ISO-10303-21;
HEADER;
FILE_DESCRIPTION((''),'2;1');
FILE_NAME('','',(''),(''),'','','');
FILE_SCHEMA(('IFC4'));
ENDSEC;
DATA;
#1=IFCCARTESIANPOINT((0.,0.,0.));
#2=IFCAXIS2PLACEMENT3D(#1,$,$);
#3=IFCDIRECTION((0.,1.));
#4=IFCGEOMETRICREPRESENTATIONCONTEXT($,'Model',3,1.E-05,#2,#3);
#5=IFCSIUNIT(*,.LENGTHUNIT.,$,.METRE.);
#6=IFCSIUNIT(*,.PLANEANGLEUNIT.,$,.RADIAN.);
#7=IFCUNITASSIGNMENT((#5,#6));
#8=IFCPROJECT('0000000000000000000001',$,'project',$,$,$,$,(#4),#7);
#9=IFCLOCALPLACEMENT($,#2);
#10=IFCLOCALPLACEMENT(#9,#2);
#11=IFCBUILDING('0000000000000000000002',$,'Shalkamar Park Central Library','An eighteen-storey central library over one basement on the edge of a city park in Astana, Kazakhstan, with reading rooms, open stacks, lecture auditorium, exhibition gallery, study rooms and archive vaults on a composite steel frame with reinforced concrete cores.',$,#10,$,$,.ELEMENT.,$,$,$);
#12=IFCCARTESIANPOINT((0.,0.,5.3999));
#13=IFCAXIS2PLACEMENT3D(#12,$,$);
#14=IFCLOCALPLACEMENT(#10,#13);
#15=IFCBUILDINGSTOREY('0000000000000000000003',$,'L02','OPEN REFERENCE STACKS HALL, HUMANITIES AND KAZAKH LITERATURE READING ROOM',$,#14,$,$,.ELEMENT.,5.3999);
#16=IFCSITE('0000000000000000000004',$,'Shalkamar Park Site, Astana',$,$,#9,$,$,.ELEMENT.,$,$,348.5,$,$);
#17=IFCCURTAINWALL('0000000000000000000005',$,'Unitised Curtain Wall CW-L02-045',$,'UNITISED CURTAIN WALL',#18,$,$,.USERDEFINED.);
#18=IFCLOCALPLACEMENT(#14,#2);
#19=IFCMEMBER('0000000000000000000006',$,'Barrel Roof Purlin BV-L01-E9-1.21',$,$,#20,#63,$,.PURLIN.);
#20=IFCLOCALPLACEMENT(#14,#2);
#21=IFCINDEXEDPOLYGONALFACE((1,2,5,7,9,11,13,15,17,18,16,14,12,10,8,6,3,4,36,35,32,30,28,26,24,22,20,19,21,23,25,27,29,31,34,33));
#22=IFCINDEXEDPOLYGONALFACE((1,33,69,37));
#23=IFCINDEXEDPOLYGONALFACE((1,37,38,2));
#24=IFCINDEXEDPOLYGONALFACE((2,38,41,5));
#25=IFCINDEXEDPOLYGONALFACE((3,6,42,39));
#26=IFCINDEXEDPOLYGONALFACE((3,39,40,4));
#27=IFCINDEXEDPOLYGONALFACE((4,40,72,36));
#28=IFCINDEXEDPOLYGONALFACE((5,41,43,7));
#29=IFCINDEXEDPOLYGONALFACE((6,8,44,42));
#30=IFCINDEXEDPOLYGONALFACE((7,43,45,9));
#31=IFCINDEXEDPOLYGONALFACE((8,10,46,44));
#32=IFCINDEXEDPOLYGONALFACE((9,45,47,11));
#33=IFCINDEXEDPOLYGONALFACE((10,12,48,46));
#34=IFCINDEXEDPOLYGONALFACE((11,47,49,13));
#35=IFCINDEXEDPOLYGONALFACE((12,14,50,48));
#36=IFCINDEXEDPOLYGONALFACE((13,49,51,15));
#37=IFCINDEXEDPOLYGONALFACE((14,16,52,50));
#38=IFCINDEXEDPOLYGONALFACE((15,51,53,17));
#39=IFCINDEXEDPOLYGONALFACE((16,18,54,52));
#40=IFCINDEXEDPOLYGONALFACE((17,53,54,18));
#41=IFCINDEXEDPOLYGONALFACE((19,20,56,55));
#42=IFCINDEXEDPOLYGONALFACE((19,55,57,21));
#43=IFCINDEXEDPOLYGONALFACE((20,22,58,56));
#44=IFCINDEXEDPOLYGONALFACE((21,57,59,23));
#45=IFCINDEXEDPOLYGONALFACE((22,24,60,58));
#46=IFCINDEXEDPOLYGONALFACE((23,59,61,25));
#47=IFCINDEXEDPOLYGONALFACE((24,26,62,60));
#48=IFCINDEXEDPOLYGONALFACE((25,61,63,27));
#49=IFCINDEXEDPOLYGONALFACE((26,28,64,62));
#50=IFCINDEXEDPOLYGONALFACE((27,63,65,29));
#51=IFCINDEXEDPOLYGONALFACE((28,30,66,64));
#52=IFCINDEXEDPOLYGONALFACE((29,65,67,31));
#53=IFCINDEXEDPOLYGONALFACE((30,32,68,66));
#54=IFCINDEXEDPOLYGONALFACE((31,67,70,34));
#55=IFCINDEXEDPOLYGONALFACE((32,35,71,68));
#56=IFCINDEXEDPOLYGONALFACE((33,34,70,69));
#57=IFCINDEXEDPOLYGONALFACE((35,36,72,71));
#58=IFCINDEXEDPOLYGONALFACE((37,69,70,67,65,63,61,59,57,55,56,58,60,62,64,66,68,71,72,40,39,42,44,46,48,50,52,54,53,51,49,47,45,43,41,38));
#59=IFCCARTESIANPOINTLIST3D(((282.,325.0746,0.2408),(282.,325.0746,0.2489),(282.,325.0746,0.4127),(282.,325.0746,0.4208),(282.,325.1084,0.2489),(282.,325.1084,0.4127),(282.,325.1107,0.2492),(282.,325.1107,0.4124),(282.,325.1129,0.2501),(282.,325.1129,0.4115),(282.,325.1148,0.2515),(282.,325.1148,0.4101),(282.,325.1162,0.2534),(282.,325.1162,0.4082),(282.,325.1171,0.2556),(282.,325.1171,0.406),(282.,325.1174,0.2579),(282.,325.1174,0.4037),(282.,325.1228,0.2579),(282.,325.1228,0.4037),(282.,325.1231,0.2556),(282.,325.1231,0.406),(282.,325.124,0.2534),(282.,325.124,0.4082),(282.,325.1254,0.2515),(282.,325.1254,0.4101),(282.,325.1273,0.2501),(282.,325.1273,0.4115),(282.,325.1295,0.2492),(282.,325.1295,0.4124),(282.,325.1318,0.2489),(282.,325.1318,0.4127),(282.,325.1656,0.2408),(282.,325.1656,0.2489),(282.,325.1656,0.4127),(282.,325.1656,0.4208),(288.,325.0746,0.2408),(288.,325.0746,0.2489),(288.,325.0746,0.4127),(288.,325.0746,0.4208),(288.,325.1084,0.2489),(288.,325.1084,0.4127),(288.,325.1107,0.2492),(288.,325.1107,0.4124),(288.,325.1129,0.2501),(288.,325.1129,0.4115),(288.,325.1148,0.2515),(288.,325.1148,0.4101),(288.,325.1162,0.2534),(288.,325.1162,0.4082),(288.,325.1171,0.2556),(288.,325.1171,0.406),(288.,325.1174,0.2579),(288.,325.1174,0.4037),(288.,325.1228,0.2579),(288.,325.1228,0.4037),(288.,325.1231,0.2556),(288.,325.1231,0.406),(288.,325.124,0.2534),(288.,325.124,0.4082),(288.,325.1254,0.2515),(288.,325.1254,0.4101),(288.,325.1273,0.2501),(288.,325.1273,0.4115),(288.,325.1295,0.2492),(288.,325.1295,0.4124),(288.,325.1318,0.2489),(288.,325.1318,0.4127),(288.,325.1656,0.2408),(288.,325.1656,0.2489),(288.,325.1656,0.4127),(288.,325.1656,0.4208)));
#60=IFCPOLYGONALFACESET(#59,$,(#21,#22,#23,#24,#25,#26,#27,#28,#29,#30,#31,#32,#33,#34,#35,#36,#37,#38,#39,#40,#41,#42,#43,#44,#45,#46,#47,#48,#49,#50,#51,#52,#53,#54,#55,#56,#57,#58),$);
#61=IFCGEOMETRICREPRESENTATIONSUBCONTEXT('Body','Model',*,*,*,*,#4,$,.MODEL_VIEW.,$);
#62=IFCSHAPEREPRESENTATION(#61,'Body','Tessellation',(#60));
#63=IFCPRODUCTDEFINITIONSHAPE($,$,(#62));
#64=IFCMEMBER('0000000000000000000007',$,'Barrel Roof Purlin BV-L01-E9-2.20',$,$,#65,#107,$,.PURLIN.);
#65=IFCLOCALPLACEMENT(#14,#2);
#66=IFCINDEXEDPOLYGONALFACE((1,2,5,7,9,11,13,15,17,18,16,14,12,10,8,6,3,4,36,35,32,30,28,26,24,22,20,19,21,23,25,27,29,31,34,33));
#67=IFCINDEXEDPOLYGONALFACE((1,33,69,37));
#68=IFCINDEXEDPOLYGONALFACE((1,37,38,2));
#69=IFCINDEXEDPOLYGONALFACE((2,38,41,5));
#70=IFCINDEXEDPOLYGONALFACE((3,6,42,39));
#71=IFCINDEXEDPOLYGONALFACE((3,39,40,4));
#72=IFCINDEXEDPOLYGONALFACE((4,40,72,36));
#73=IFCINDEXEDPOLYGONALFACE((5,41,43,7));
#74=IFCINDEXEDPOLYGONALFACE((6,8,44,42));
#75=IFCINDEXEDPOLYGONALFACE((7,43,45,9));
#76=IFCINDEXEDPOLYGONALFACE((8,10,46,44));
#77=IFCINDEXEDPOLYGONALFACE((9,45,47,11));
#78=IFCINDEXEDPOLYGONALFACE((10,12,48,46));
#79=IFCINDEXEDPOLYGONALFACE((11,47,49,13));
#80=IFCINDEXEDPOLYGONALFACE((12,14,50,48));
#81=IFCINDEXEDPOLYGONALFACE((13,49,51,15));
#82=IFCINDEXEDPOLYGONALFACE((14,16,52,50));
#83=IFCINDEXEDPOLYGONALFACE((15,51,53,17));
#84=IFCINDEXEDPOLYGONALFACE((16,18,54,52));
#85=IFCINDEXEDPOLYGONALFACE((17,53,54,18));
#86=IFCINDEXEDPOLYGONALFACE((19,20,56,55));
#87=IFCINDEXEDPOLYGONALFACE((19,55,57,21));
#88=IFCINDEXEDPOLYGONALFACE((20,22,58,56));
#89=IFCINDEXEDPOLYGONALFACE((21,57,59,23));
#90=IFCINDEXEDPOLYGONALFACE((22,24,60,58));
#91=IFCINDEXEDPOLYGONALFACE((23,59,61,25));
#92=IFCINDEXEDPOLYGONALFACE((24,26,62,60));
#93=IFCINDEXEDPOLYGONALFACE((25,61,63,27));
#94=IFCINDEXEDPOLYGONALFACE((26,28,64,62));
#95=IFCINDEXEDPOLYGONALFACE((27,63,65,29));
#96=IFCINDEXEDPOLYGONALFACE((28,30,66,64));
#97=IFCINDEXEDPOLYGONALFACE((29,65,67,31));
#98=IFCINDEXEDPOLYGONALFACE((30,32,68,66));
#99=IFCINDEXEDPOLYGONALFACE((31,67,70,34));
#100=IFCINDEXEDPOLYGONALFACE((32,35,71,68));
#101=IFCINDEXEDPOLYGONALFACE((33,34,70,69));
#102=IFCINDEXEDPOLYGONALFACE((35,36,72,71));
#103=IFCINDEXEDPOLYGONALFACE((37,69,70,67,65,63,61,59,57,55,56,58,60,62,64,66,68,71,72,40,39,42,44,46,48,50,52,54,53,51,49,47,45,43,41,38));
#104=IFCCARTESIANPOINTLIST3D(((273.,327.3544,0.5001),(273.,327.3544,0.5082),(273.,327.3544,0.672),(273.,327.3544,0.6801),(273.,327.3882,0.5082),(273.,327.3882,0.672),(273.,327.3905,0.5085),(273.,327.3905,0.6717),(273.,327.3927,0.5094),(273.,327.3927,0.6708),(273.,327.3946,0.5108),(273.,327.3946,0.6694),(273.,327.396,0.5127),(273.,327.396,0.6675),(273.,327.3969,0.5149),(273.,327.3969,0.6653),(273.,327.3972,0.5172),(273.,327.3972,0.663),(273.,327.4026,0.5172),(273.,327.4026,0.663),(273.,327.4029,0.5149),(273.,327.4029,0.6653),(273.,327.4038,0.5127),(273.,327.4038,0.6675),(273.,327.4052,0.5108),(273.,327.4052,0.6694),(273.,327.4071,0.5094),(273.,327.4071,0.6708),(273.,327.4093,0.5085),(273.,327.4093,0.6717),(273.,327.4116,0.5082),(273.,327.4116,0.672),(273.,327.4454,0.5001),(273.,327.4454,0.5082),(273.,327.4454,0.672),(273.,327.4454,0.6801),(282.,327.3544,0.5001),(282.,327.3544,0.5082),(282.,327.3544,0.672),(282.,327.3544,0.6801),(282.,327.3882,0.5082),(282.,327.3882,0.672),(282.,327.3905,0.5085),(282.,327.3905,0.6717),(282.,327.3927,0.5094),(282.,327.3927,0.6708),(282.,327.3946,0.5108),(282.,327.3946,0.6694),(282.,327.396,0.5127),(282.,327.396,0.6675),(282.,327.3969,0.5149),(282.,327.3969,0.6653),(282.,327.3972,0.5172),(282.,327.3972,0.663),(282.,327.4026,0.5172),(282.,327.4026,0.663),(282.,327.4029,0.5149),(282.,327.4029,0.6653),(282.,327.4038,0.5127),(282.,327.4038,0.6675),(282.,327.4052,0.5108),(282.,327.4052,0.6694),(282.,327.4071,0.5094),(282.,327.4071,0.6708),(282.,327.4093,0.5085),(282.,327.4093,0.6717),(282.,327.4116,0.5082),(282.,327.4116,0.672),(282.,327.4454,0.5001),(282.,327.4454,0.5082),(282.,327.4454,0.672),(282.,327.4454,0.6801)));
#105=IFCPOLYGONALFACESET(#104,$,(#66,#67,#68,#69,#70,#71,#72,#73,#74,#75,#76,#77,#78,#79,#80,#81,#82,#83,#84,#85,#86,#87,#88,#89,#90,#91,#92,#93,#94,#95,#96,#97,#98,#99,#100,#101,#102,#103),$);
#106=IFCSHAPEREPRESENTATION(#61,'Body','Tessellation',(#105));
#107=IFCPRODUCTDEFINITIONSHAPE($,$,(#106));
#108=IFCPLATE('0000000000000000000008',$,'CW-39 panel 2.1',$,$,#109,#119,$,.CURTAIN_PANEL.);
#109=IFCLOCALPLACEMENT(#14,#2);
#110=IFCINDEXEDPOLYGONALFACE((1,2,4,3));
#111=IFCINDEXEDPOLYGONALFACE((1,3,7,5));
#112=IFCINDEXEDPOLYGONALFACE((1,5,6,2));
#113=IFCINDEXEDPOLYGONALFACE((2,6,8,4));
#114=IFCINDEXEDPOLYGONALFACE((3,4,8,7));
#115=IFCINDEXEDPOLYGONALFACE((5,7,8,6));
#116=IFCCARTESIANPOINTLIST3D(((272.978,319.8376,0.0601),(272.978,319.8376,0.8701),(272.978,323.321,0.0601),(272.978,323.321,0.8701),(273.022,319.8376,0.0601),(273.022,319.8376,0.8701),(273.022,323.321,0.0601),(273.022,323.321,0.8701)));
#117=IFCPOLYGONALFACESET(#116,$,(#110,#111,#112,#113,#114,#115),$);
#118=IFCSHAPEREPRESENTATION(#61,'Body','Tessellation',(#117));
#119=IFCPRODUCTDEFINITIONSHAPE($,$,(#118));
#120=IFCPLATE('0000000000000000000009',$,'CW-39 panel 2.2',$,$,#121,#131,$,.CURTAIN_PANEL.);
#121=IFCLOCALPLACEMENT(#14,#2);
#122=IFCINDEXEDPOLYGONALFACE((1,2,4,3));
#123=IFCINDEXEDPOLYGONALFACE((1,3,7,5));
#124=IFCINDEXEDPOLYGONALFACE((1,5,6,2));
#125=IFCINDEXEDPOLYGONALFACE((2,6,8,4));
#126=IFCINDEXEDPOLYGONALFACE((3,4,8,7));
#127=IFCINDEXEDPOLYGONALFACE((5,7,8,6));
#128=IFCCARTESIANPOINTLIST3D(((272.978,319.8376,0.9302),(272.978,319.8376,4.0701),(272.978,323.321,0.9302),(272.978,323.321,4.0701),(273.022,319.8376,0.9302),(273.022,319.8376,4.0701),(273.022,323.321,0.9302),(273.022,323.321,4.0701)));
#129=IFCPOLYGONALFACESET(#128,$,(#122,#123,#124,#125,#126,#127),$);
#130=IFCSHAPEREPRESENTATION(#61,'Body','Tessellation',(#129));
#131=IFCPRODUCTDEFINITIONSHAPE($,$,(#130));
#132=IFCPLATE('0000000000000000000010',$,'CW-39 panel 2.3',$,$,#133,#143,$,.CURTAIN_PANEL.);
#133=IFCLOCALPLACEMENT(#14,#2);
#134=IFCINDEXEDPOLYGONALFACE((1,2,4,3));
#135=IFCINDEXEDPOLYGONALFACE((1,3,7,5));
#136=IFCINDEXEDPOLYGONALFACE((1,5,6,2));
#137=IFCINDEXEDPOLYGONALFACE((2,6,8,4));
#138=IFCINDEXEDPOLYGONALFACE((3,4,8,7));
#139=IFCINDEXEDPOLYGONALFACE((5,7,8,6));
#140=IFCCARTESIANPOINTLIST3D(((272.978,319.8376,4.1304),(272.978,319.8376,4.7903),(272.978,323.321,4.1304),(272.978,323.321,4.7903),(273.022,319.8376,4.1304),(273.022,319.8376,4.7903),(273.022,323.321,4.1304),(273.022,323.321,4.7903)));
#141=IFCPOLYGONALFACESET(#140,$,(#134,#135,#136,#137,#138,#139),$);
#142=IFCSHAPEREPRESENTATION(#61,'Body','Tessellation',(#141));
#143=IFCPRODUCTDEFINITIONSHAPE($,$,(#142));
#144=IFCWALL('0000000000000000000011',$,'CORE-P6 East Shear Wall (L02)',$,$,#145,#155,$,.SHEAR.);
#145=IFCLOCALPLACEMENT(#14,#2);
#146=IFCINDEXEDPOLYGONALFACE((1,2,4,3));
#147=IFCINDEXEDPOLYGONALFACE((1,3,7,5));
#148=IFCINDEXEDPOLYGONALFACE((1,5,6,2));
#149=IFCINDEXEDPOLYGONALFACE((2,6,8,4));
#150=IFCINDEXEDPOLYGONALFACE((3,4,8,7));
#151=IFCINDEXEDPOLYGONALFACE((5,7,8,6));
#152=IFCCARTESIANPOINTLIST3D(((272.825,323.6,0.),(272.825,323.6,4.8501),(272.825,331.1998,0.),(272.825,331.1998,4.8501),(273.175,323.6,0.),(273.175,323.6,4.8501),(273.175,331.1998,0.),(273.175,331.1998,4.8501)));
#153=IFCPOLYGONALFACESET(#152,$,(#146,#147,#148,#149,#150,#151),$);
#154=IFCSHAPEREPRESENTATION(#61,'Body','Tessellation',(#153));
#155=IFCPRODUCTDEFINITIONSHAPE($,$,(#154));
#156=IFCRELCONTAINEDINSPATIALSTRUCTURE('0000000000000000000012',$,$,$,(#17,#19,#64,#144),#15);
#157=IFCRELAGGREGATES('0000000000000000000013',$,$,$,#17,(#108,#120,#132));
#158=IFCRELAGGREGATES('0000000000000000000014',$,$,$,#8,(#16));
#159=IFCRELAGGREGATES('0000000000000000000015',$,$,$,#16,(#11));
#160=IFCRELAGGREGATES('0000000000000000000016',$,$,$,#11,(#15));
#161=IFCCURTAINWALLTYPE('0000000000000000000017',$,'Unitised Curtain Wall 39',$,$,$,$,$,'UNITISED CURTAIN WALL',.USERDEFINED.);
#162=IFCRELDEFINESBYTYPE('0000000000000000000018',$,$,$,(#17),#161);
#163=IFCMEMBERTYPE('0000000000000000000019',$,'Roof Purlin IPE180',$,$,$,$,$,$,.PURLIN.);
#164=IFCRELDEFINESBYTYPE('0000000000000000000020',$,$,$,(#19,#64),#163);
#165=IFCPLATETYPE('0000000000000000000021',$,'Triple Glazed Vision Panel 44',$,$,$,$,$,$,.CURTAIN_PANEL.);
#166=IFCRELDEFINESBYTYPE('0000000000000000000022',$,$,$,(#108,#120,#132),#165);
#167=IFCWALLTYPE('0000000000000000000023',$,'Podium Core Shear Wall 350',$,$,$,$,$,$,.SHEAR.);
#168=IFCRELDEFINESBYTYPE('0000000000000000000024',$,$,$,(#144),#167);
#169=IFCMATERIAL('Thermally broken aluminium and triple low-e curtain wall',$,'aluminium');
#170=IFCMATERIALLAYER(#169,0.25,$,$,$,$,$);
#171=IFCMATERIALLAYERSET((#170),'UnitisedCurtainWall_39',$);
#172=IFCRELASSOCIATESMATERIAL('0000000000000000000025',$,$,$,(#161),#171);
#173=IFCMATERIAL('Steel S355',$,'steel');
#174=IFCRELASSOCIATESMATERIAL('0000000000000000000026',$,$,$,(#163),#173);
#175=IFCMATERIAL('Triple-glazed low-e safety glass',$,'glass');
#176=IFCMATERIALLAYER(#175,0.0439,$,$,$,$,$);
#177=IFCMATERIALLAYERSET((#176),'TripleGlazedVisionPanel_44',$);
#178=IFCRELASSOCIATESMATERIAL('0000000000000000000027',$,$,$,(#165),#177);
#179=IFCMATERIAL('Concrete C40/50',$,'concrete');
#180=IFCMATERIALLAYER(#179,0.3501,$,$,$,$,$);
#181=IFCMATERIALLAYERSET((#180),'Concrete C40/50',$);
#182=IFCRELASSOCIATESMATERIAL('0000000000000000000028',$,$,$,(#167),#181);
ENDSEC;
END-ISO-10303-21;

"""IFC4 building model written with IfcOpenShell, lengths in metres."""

from ifc_helpers import new_model, si_unit, direction, frame, frame_2d, origin, origin_2d, place, context, subcontext, project, spatial, rectangle, i_section, extrude, material, layer, layer_set, material_profile, profile_set, type_object, element, aggregate, save


model = new_model("IFC4")

# Units and contexts
model_context = context("Model", 3, precision=1e-05, world=origin(), true_north=direction((0.0, 1.0)))
body_context = subcontext(model_context, "Body", "Model", "MODEL_VIEW")
ifc_project = project(units=[si_unit("LENGTHUNIT", "METRE"), si_unit("PLANEANGLEUNIT", "RADIAN")], contexts=[model_context])

# Site, building, storey
site_placement = place(None, origin())
site = spatial("IfcSite", under=ifc_project, at=site_placement, Name="Shalkamar Park Site, Astana", CompositionType="ELEMENT", RefElevation=348.5)
building_placement = place(site_placement, origin())
building = spatial("IfcBuilding", under=site, at=building_placement, Name="Shalkamar Park Central Library", Description="An eighteen-storey central library over one basement on the edge of a city park in Astana, Kazakhstan, with reading rooms, open stacks, lecture auditorium, exhibition gallery, study rooms and archive vaults on a composite steel frame with reinforced concrete cores.", CompositionType="ELEMENT")
storey_placement = place(building_placement, frame((0.0, 0.0, 5.3999)))
storey = spatial("IfcBuildingStorey", under=building, at=storey_placement, Name="L02", Description="OPEN REFERENCE STACKS HALL, HUMANITIES AND KAZAKH LITERATURE READING ROOM", CompositionType="ELEMENT", Elevation=5.3999)

# Shared definitions
ifc_material_1 = material(Name="Steel S355", Category="steel")

# Curtain wall
ifc_material_2 = material(Name="Thermally broken aluminium and triple low-e curtain wall", Category="aluminium")
ifc_layer_1 = layer(ifc_material_2, 0.25)
ifc_layer_set_1 = layer_set([ifc_layer_1], Name="UnitisedCurtainWall_39")
curtain_wall_type = type_object("IfcCurtainWallType", Name="Unitised Curtain Wall 39", ElementType="UNITISED CURTAIN WALL", PredefinedType="USERDEFINED", material=ifc_layer_set_1)
curtain_wall_placement = place(storey_placement, origin())
curtain_wall = element("IfcCurtainWall", 1, at=curtain_wall_placement, inside=storey, type_object=curtain_wall_type, Name="Unitised Curtain Wall CW-L02-045", ObjectType="UNITISED CURTAIN WALL", PredefinedType="USERDEFINED")

# Members
ifc_material_profile_1 = material_profile(ifc_material_1, i_section(OverallWidth=0.0911, OverallDepth=0.1799, WebThickness=0.0054, FlangeThickness=0.0081, FilletRadius=0.009, at=origin_2d()), Name="IPE 180")
ifc_profile_set_1 = profile_set([ifc_material_profile_1], Name="Steel S355")
member_type_1 = type_object("IfcMemberType", Name="Roof Purlin IPE180", PredefinedType="PURLIN", material=ifc_profile_set_1)
member_1_placement = place(storey_placement, frame((282.0, 325.1201, 0.3308), z_axis=(1.0, 0.0, 0.0), x_axis=(0.0, 1.0, 0.0)))
element("IfcMember", 2, at=member_1_placement, inside=storey, type_object=member_type_1, Name="Barrel Roof Purlin BV-L01-E9-1.21", PredefinedType="PURLIN", context=body_context, shape_type="SweptSolid", body=[
    extrude(i_section(OverallWidth=0.0911, OverallDepth=0.1799, WebThickness=0.0054, FlangeThickness=0.0081, FilletRadius=0.009, at=origin_2d()), origin(), (0.0, 0.0, 1.0), 6.0),
])
member_2_placement = place(storey_placement, frame((273.0, 327.3999, 0.5901), z_axis=(1.0, 0.0, 0.0), x_axis=(0.0, 1.0, 0.0)))
element("IfcMember", 3, at=member_2_placement, inside=storey, type_object=member_type_1, Name="Barrel Roof Purlin BV-L01-E9-2.20", PredefinedType="PURLIN", context=body_context, shape_type="SweptSolid", body=[
    extrude(i_section(OverallWidth=0.0911, OverallDepth=0.1799, WebThickness=0.0054, FlangeThickness=0.0081, FilletRadius=0.009, at=origin_2d()), origin(), (0.0, 0.0, 1.0), 9.0),
])

# Plates
ifc_material_3 = material(Name="Triple-glazed low-e safety glass", Category="glass")
ifc_layer_2 = layer(ifc_material_3, 0.0439)
ifc_layer_set_2 = layer_set([ifc_layer_2], Name="TripleGlazedVisionPanel_44")
plate_type = type_object("IfcPlateType", Name="Triple Glazed Vision Panel 44", PredefinedType="CURTAIN_PANEL", material=ifc_layer_set_2)
plate_1_placement = place(storey_placement, frame((273.0, 321.5793, 0.0601), z_axis=(0.0, 0.0, 1.0), x_axis=(0.0, 1.0, 0.0)))
plate_1 = element("IfcPlate", 4, at=plate_1_placement, type_object=plate_type, Name="CW-39 panel 2.1", PredefinedType="CURTAIN_PANEL", context=body_context, shape_type="SweptSolid", body=[
    extrude(rectangle(XDim=3.4834, YDim=0.0439, at=origin_2d()), origin(), (0.0, 0.0, 1.0), 0.8101),
])
plate_2_placement = place(storey_placement, frame((273.0, 321.5793, 0.9302), z_axis=(0.0, 0.0, 1.0), x_axis=(0.0, 1.0, 0.0)))
plate_2 = element("IfcPlate", 5, at=plate_2_placement, type_object=plate_type, Name="CW-39 panel 2.2", PredefinedType="CURTAIN_PANEL", context=body_context, shape_type="SweptSolid", body=[
    extrude(rectangle(XDim=3.4834, YDim=0.0439, at=origin_2d()), origin(), (0.0, 0.0, 1.0), 3.1399),
])
plate_3_placement = place(storey_placement, frame((273.0, 321.5793, 4.1304), z_axis=(0.0, 0.0, 1.0), x_axis=(0.0, 1.0, 0.0)))
plate_3 = element("IfcPlate", 6, at=plate_3_placement, type_object=plate_type, Name="CW-39 panel 2.3", PredefinedType="CURTAIN_PANEL", context=body_context, shape_type="SweptSolid", body=[
    extrude(rectangle(XDim=3.4834, YDim=0.0439, at=origin_2d()), origin(), (0.0, 0.0, 1.0), 0.6599),
])
aggregate(curtain_wall, [plate_1, plate_2, plate_3])

# Wall
ifc_material_4 = material(Name="Concrete C40/50", Category="concrete")
ifc_layer_3 = layer(ifc_material_4, 0.3501)
ifc_layer_set_3 = layer_set([ifc_layer_3], Name="Concrete C40/50")
wall_type = type_object("IfcWallType", Name="Podium Core Shear Wall 350", PredefinedType="SHEAR", material=ifc_layer_set_3)
wall_placement = place(storey_placement, frame((273.0, 323.6001, 0.0), z_axis=(0.0, 0.0, 1.0), x_axis=(0.0, 1.0, 0.0)))
element("IfcWall", 7, at=wall_placement, inside=storey, type_object=wall_type, Name="CORE-P6 East Shear Wall (L02)", PredefinedType="SHEAR", context=body_context, shape_type="SweptSolid", body=[
    extrude(rectangle(XDim=7.5999, YDim=0.3501, at=frame_2d((3.7998, 0.0))), origin(), (0.0, 0.0, 1.0), 4.8501),
])

save(model, "model.ifc")
